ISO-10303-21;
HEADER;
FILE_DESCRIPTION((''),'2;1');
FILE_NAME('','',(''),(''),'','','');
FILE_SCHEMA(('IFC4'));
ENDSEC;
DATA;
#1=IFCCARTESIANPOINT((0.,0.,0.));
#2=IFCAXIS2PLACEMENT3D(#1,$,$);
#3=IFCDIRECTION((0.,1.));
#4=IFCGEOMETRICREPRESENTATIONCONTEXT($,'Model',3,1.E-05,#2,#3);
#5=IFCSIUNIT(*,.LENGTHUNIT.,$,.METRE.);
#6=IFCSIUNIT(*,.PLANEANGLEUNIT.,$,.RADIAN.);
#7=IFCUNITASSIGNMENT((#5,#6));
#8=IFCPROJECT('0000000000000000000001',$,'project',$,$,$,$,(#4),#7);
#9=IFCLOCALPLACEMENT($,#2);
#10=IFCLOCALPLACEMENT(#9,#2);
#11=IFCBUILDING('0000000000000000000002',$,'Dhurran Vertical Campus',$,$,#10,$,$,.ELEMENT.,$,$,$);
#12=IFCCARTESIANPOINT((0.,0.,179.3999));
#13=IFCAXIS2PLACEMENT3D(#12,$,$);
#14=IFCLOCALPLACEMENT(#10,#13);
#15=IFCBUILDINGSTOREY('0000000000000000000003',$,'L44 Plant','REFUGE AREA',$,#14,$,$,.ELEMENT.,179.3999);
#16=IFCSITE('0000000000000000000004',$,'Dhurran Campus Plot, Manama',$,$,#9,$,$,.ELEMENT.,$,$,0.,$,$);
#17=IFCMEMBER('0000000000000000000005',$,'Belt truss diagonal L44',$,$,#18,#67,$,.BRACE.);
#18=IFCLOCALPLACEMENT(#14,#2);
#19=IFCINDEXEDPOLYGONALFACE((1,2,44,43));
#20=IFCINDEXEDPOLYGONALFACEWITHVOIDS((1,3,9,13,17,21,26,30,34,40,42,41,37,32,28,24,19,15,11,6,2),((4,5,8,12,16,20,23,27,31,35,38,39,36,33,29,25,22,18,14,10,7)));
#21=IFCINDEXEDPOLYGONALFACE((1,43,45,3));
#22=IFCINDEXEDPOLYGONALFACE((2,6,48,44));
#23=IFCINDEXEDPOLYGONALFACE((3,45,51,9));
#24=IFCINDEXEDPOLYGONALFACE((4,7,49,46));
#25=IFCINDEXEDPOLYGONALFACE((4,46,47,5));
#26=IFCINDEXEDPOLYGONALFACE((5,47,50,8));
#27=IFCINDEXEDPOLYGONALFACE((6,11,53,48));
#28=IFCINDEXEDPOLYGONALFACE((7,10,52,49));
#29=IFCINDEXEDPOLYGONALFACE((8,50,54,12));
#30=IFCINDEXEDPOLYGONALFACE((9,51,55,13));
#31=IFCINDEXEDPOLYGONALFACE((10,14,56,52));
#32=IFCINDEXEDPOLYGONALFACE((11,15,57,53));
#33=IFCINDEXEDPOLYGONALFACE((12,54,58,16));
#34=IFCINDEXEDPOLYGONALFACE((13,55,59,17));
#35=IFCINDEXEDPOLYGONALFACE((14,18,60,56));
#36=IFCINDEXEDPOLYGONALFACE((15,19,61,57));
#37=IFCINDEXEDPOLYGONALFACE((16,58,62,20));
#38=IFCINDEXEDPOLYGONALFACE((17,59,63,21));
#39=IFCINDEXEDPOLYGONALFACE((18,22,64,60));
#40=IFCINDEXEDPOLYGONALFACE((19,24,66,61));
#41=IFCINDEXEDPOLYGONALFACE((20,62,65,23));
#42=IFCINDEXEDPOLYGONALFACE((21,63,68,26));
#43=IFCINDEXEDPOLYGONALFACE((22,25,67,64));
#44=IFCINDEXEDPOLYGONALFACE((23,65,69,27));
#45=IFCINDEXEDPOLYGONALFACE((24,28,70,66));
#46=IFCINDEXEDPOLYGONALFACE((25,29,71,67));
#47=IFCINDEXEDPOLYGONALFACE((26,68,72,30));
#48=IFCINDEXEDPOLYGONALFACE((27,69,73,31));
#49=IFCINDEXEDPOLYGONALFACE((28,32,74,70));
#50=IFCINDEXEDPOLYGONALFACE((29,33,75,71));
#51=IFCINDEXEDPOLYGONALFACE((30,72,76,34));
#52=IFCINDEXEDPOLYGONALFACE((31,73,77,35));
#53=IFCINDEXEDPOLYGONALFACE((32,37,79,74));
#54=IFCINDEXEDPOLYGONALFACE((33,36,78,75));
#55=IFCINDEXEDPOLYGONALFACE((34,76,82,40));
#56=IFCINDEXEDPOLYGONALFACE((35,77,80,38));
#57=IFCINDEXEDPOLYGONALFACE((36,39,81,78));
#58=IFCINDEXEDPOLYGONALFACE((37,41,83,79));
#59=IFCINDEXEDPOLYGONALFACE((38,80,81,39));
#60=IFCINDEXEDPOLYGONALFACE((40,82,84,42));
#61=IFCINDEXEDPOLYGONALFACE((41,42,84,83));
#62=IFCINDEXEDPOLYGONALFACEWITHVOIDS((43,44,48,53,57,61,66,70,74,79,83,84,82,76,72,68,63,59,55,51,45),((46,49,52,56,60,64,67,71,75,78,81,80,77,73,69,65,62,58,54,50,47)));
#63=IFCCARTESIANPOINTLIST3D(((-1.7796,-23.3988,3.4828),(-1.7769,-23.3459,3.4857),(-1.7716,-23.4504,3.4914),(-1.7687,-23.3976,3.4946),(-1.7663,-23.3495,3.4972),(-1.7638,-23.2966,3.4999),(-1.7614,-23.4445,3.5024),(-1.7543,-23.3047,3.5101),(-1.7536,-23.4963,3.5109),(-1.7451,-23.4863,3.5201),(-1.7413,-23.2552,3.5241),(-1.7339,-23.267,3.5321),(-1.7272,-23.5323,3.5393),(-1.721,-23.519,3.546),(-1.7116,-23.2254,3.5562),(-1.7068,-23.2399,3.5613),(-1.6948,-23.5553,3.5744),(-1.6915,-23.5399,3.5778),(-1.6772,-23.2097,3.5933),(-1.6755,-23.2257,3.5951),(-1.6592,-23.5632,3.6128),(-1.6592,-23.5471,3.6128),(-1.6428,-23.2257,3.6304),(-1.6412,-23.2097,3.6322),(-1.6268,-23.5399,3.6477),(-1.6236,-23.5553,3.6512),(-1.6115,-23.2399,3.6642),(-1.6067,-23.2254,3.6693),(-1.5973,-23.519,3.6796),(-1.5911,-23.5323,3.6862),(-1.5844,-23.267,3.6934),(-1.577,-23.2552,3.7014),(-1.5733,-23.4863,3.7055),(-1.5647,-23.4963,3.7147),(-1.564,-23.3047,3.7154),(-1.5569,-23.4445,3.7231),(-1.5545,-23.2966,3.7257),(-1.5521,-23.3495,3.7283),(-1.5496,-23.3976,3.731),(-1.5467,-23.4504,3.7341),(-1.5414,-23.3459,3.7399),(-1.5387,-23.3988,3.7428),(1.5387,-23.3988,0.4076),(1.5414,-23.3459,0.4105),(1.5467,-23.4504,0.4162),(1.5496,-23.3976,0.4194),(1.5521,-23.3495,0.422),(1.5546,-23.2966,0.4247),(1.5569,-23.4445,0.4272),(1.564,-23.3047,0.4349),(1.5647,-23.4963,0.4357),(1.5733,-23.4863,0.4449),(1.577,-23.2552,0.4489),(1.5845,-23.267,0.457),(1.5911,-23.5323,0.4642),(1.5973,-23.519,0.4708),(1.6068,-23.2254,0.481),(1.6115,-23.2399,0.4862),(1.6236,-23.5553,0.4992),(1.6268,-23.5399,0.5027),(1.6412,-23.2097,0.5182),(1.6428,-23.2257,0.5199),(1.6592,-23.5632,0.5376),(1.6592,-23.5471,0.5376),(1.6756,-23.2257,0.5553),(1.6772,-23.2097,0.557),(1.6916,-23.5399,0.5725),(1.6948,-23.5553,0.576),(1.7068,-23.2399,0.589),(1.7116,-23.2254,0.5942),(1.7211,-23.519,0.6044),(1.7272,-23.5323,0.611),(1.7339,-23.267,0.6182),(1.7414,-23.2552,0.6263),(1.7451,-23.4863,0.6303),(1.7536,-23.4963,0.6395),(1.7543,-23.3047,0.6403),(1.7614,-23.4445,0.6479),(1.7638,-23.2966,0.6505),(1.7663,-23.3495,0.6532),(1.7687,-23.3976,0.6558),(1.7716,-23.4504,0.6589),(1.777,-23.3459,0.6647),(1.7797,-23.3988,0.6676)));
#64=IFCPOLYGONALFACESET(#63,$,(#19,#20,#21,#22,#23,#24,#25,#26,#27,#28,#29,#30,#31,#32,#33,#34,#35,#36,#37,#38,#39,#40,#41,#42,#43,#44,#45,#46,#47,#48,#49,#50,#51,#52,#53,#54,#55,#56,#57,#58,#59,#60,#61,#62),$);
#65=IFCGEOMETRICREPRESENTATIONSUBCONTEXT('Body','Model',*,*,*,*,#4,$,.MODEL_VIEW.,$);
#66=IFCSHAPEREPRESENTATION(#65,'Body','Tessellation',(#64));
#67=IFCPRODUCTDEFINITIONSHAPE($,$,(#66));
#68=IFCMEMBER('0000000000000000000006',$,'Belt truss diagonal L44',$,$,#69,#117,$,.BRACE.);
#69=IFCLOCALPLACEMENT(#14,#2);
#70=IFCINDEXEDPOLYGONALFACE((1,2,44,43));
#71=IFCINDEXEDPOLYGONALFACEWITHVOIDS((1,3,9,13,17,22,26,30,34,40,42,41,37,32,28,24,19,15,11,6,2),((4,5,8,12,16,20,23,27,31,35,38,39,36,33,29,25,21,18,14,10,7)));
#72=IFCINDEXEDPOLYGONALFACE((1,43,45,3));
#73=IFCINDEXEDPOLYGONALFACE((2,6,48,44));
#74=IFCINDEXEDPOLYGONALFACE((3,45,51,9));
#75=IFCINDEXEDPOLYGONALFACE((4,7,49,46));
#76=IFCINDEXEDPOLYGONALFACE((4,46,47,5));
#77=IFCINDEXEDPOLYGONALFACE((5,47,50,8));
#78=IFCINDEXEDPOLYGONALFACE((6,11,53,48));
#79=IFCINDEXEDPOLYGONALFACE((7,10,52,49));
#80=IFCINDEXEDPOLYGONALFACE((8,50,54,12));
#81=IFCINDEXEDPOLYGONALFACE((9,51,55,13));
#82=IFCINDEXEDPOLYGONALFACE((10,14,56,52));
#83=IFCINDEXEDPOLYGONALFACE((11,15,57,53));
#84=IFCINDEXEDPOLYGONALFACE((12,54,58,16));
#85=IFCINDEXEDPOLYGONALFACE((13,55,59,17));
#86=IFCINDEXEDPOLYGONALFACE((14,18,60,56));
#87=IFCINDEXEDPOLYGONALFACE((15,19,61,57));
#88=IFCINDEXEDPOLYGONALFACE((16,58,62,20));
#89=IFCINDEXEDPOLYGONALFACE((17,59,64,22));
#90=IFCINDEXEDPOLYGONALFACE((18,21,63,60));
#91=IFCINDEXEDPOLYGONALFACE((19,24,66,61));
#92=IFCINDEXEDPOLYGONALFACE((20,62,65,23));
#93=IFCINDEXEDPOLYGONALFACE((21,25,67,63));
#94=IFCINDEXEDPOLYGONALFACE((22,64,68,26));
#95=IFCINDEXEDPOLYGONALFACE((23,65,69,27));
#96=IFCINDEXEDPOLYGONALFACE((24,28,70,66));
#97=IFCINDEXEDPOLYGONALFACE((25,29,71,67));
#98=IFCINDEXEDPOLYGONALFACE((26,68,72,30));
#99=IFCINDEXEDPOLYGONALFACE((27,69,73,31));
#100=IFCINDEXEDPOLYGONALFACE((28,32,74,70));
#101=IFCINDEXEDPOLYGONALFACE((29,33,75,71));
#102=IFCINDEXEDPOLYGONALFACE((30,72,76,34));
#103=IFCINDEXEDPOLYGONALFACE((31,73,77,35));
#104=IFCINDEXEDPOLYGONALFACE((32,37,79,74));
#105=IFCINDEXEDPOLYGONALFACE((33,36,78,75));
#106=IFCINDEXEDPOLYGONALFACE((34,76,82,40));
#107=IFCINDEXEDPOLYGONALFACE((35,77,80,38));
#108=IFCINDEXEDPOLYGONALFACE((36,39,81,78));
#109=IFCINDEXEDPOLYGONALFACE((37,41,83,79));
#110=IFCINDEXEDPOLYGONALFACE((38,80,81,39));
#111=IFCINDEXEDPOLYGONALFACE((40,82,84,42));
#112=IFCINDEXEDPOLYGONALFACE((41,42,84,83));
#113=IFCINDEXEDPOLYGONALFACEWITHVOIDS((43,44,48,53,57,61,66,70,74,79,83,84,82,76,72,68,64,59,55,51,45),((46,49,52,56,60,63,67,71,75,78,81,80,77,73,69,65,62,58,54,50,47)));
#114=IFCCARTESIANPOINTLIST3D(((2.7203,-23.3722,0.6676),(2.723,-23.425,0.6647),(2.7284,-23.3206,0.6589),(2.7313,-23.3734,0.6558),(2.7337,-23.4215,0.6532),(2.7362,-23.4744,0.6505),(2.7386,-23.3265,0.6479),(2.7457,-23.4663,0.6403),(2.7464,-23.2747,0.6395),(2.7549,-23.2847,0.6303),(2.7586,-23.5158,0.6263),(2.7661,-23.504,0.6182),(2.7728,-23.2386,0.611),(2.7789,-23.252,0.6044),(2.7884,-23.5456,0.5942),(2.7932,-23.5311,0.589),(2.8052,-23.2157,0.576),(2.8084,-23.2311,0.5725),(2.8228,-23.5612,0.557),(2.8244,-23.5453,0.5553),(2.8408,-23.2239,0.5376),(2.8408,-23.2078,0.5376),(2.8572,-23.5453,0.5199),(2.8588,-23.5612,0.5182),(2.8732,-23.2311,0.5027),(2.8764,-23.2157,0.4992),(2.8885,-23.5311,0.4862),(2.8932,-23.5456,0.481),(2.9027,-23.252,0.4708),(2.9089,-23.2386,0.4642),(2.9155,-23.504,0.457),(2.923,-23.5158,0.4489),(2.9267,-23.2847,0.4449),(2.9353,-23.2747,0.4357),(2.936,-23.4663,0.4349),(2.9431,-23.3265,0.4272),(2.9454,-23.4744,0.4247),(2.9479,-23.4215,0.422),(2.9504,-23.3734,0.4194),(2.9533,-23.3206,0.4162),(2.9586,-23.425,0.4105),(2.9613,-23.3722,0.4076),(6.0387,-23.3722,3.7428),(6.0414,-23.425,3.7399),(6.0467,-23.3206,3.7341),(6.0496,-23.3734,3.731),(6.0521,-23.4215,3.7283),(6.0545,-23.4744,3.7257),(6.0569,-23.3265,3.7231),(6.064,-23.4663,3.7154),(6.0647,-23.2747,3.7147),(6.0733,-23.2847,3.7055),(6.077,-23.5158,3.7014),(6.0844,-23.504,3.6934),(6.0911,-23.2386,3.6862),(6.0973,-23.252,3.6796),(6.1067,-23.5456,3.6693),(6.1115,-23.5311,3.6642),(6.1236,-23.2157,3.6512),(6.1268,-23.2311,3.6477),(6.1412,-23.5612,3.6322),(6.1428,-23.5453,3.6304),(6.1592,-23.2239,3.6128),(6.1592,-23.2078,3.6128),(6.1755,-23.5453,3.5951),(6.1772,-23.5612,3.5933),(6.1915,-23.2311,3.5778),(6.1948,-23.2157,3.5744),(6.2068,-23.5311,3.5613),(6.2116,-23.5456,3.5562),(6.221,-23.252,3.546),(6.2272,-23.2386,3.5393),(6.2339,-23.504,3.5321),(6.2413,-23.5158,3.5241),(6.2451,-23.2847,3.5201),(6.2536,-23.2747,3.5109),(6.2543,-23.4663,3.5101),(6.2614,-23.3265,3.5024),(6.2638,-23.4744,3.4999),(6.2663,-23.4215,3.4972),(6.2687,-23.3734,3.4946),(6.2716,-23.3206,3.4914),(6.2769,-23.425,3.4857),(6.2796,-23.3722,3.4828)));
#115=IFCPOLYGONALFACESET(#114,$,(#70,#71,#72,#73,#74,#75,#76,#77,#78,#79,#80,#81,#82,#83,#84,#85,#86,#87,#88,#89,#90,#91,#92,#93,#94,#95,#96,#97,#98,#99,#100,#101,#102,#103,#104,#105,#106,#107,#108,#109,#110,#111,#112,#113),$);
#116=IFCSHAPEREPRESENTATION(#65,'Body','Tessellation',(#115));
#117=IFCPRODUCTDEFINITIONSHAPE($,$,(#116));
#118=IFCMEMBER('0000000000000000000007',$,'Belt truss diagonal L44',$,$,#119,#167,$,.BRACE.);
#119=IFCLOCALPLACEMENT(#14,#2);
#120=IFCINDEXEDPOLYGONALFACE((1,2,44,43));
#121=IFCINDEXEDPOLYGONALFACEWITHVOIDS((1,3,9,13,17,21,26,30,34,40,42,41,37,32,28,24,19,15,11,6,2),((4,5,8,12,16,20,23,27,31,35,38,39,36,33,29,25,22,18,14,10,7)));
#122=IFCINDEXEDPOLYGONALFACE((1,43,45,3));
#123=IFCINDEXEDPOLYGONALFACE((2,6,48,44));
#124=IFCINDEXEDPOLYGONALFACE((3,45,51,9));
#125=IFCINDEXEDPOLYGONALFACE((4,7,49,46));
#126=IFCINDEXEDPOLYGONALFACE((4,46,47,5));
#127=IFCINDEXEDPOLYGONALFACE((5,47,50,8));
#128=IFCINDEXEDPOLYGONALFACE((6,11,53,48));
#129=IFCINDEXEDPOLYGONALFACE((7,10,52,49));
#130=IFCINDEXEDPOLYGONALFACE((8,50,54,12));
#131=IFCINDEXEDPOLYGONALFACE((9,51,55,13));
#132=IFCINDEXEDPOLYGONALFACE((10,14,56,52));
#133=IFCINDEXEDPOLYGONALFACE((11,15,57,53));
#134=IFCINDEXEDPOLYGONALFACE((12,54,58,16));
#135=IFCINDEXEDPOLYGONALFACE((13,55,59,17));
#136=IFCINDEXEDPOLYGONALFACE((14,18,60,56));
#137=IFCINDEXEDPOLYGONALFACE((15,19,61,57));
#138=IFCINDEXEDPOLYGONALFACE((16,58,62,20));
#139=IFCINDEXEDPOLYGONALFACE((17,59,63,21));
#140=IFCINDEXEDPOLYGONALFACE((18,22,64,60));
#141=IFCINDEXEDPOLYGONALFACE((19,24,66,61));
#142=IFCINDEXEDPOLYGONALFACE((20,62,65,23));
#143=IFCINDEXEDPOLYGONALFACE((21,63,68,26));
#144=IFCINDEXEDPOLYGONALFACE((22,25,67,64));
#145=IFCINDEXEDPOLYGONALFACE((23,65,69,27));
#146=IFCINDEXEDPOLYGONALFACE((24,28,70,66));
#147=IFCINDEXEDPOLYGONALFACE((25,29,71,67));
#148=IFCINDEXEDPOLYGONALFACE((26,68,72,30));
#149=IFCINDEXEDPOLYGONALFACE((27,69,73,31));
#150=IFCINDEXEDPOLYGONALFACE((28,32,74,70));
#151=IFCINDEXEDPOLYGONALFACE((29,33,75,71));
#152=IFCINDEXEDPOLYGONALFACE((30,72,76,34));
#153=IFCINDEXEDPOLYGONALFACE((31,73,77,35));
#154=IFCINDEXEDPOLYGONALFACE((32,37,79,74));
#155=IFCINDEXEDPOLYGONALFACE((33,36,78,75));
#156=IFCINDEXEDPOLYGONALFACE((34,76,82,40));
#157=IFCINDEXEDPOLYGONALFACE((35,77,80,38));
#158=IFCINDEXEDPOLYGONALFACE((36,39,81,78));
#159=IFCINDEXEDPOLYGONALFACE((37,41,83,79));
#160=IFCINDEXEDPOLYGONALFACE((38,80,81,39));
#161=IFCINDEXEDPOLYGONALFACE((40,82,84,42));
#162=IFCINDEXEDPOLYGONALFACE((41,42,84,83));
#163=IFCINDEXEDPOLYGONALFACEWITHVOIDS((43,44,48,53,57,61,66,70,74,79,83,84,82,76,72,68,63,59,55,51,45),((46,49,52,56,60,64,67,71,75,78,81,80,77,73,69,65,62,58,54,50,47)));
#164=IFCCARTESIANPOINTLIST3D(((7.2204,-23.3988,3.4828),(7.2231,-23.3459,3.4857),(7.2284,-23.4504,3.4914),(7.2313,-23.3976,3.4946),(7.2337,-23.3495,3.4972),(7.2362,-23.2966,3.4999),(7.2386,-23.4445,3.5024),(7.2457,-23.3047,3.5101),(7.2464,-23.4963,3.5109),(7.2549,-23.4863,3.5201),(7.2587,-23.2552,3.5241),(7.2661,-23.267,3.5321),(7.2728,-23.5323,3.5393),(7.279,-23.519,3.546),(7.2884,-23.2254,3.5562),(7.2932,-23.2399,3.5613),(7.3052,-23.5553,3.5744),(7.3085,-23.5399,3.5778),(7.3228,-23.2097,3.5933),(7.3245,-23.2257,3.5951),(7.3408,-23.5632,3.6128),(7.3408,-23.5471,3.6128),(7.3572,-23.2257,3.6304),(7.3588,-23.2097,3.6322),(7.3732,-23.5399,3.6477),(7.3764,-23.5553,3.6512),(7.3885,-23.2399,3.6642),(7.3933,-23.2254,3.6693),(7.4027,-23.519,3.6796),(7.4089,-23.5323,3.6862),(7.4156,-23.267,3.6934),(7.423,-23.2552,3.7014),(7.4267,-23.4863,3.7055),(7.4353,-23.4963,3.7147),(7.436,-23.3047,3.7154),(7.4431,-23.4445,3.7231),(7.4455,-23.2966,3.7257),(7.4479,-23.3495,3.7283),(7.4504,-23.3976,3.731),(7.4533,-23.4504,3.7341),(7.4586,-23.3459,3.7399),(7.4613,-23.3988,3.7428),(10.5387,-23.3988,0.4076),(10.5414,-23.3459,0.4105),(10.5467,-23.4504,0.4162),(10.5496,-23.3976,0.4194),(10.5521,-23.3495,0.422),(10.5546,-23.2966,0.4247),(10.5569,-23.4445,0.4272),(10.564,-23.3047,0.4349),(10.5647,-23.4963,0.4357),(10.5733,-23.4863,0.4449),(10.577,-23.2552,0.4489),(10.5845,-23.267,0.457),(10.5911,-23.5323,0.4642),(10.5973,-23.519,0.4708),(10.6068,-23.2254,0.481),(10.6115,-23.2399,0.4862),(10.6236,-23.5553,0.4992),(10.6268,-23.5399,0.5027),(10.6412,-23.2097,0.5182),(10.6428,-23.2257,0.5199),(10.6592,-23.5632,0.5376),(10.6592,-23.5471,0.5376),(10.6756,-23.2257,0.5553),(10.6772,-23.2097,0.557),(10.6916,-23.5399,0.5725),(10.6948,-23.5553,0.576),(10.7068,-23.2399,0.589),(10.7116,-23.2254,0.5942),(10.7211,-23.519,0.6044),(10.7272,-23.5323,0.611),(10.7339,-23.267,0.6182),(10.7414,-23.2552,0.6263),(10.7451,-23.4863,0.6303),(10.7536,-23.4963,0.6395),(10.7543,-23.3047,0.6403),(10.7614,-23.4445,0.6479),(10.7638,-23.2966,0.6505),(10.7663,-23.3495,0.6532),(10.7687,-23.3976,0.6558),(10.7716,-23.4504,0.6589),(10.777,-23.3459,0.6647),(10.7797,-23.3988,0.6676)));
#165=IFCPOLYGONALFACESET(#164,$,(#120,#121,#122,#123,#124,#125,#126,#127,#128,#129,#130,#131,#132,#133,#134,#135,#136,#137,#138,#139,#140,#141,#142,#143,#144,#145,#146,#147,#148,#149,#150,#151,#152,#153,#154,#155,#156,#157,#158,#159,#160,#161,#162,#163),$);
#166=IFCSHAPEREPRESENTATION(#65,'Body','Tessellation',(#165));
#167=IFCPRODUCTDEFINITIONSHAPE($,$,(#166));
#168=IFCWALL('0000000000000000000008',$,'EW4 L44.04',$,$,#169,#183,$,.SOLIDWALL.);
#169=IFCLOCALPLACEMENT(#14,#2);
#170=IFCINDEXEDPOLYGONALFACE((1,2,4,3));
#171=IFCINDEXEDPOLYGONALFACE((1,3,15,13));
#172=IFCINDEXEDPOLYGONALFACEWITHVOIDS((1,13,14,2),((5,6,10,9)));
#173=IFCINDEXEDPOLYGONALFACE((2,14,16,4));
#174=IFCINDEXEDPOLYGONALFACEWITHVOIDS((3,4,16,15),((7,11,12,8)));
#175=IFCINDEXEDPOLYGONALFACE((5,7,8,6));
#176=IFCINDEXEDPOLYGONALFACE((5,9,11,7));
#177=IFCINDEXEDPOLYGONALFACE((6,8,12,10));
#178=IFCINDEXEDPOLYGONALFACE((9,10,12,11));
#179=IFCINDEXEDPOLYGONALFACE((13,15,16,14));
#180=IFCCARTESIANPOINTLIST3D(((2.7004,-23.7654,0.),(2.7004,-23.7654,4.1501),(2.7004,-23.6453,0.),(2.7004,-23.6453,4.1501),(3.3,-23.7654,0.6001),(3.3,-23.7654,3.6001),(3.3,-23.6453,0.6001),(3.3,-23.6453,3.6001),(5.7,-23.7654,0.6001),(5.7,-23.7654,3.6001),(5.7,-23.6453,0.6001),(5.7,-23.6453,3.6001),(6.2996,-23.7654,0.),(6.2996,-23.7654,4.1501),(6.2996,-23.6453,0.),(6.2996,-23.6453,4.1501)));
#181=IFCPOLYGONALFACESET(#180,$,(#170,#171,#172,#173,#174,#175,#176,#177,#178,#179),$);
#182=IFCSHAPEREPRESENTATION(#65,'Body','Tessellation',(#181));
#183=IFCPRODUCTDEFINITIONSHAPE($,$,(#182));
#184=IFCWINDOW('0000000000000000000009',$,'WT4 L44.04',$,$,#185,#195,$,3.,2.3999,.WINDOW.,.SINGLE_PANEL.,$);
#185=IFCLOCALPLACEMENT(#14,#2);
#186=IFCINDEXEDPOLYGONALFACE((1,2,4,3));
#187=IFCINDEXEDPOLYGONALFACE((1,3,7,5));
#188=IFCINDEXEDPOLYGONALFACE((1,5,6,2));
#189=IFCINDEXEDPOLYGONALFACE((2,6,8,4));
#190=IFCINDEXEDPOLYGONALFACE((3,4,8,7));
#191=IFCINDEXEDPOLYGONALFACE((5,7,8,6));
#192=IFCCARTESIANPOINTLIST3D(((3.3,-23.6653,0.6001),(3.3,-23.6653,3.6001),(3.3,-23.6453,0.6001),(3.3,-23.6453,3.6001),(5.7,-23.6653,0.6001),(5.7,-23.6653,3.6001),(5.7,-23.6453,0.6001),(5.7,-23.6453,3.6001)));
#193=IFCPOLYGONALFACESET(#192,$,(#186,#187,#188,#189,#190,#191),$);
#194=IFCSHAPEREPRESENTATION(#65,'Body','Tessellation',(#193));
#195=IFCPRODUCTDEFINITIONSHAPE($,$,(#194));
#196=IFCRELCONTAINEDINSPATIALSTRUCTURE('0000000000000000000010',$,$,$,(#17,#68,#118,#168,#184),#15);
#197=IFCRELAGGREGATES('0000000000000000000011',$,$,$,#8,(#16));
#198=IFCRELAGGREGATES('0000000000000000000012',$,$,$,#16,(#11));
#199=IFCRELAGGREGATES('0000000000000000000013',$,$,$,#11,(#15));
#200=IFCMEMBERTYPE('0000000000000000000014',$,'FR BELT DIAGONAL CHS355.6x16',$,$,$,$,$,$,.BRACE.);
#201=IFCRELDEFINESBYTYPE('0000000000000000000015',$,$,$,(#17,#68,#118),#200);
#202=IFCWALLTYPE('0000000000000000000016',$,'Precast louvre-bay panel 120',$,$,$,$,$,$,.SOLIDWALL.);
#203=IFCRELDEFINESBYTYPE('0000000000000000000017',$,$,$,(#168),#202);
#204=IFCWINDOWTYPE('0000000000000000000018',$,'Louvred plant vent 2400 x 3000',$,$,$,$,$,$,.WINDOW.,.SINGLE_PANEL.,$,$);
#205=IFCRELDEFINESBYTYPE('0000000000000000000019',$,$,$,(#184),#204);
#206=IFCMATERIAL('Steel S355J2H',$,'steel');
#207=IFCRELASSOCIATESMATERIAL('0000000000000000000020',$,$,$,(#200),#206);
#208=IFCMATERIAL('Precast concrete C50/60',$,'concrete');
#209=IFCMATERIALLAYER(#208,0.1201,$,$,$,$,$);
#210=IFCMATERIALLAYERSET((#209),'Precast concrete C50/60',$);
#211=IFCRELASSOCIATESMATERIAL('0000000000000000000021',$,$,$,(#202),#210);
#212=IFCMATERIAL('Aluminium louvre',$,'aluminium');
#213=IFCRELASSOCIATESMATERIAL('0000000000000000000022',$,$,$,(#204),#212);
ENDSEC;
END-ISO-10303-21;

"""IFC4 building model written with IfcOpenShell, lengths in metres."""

from ifc_helpers import new_model, si_unit, direction, frame, frame_2d, origin, origin_2d, place, context, subcontext, project, spatial, rectangle, hollow_circle, extrude, material, layer, layer_set, material_profile, profile_set, type_object, element, fill, save


model = new_model("IFC4")

# Units and contexts
model_context = context("Model", 3, precision=1e-05, world=origin(), true_north=direction((0.0, 1.0)))
body_context = subcontext(model_context, "Body", "Model", "MODEL_VIEW")
ifc_project = project(units=[si_unit("LENGTHUNIT", "METRE"), si_unit("PLANEANGLEUNIT", "RADIAN")], contexts=[model_context])

# Site, building, storey
site_placement = place(None, origin())
site = spatial("IfcSite", under=ifc_project, at=site_placement, Name="Dhurran Campus Plot, Manama", CompositionType="ELEMENT", RefElevation=0.0)
building_placement = place(site_placement, origin())
building = spatial("IfcBuilding", under=site, at=building_placement, Name="Dhurran Vertical Campus", CompositionType="ELEMENT")
storey_placement = place(building_placement, frame((0.0, 0.0, 179.3999)))
storey = spatial("IfcBuildingStorey", under=building, at=storey_placement, Name="L44 Plant", Description="REFUGE AREA", CompositionType="ELEMENT", Elevation=179.3999)

# Members
ifc_material_1 = material(Name="Steel S355J2H", Category="steel")
ifc_material_profile_1 = material_profile(ifc_material_1, hollow_circle(Radius=0.1777, WallThickness=0.0161, at=origin_2d()), Name="CHS355.6x16")
ifc_profile_set_1 = profile_set([ifc_material_profile_1], Name="Steel S355J2H")
member_type = type_object("IfcMemberType", Name="FR BELT DIAGONAL CHS355.6x16", PredefinedType="BRACE", material=ifc_profile_set_1)
for number, where, z_axis, x_axis, name in (
    (1, (1.6592, -23.3855, 0.5376), (-0.73347, 0.0, 0.679722), (0.0, -1.0, 0.0), "Belt truss diagonal L44"),
    (2, (2.8408, -23.3855, 0.5376), (0.73347, 0.0, 0.679722), (0.0, 1.0, 0.0), "Belt truss diagonal L44"),
    (3, (10.6592, -23.3855, 0.5376), (-0.73347, 0.0, 0.679722), (0.0, -1.0, 0.0), "Belt truss diagonal L44"),
):
    element("IfcMember", number, at=place(storey_placement, frame(where, z_axis=z_axis, x_axis=x_axis)), inside=storey, type_object=member_type, Name=name, PredefinedType="BRACE", context=body_context, shape_type="SweptSolid", body=[
        extrude(hollow_circle(Radius=0.1777, WallThickness=0.0161, at=origin_2d()), origin(), (0.0, 0.0, 1.0), 4.5242),
    ])

# Wall, opening, window
ifc_material_2 = material(Name="Precast concrete C50/60", Category="concrete")
ifc_layer_1 = layer(ifc_material_2, 0.1201)
ifc_layer_set_1 = layer_set([ifc_layer_1], Name="Precast concrete C50/60")
wall_type_1 = type_object("IfcWallType", Name="Precast louvre-bay panel 120", PredefinedType="SOLIDWALL", material=ifc_layer_set_1)
wall_1_placement = place(storey_placement, frame((2.7004, -23.7053, 0.0), z_axis=(0.0, 0.0, 1.0), x_axis=(1.0, 0.0, 0.0)))
wall_1 = element("IfcWall", 4, at=wall_1_placement, inside=storey, type_object=wall_type_1, Name="EW4 L44.04", PredefinedType="SOLIDWALL", context=body_context, shape_type="SweptSolid", body=[
    extrude(rectangle(XDim=3.5991, YDim=0.1201, at=frame_2d((1.7996, 0.0))), origin(), (0.0, 0.0, 1.0), 4.1501),
])
opening_1_placement = place(wall_1_placement, frame((0.5996, 0.0, 0.6001)))
opening_1 = element("IfcOpeningElement", 5, at=opening_1_placement, cuts=wall_1, PredefinedType="OPENING", context=body_context, shape_type="SweptSolid", body=[
    extrude(rectangle(XDim=2.3999, YDim=3.0, at=frame_2d((1.2, 1.5))), frame((0.0, 0.0701, 0.0), z_axis=(0.0, -1.0, 0.0), x_axis=(1.0, 0.0, 0.0)), (0.0, 0.0, 1.0), 0.1401),
])
ifc_material_3 = material(Name="Aluminium louvre", Category="aluminium")
window_type = type_object("IfcWindowType", Name="Louvred plant vent 2400 x 3000", PartitioningType="SINGLE_PANEL", PredefinedType="WINDOW", material=ifc_material_3)
window_1_placement = place(opening_1_placement, origin())
window_1 = element("IfcWindow", 6, at=window_1_placement, inside=storey, type_object=window_type, Name="WT4 L44.04", OverallHeight=3.0, OverallWidth=2.3999, PartitioningType="SINGLE_PANEL", PredefinedType="WINDOW", context=body_context, shape_type="SweptSolid", body=[
    extrude(rectangle(XDim=2.3999, YDim=3.0, at=frame_2d((1.2, 1.5))), frame((0.0, 0.0601, 0.0), z_axis=(0.0, -1.0, 0.0), x_axis=(1.0, 0.0, 0.0)), (0.0, 0.0, 1.0), 0.02),
])
fill(opening_1, window_1)

save(model, "model.ifc")
